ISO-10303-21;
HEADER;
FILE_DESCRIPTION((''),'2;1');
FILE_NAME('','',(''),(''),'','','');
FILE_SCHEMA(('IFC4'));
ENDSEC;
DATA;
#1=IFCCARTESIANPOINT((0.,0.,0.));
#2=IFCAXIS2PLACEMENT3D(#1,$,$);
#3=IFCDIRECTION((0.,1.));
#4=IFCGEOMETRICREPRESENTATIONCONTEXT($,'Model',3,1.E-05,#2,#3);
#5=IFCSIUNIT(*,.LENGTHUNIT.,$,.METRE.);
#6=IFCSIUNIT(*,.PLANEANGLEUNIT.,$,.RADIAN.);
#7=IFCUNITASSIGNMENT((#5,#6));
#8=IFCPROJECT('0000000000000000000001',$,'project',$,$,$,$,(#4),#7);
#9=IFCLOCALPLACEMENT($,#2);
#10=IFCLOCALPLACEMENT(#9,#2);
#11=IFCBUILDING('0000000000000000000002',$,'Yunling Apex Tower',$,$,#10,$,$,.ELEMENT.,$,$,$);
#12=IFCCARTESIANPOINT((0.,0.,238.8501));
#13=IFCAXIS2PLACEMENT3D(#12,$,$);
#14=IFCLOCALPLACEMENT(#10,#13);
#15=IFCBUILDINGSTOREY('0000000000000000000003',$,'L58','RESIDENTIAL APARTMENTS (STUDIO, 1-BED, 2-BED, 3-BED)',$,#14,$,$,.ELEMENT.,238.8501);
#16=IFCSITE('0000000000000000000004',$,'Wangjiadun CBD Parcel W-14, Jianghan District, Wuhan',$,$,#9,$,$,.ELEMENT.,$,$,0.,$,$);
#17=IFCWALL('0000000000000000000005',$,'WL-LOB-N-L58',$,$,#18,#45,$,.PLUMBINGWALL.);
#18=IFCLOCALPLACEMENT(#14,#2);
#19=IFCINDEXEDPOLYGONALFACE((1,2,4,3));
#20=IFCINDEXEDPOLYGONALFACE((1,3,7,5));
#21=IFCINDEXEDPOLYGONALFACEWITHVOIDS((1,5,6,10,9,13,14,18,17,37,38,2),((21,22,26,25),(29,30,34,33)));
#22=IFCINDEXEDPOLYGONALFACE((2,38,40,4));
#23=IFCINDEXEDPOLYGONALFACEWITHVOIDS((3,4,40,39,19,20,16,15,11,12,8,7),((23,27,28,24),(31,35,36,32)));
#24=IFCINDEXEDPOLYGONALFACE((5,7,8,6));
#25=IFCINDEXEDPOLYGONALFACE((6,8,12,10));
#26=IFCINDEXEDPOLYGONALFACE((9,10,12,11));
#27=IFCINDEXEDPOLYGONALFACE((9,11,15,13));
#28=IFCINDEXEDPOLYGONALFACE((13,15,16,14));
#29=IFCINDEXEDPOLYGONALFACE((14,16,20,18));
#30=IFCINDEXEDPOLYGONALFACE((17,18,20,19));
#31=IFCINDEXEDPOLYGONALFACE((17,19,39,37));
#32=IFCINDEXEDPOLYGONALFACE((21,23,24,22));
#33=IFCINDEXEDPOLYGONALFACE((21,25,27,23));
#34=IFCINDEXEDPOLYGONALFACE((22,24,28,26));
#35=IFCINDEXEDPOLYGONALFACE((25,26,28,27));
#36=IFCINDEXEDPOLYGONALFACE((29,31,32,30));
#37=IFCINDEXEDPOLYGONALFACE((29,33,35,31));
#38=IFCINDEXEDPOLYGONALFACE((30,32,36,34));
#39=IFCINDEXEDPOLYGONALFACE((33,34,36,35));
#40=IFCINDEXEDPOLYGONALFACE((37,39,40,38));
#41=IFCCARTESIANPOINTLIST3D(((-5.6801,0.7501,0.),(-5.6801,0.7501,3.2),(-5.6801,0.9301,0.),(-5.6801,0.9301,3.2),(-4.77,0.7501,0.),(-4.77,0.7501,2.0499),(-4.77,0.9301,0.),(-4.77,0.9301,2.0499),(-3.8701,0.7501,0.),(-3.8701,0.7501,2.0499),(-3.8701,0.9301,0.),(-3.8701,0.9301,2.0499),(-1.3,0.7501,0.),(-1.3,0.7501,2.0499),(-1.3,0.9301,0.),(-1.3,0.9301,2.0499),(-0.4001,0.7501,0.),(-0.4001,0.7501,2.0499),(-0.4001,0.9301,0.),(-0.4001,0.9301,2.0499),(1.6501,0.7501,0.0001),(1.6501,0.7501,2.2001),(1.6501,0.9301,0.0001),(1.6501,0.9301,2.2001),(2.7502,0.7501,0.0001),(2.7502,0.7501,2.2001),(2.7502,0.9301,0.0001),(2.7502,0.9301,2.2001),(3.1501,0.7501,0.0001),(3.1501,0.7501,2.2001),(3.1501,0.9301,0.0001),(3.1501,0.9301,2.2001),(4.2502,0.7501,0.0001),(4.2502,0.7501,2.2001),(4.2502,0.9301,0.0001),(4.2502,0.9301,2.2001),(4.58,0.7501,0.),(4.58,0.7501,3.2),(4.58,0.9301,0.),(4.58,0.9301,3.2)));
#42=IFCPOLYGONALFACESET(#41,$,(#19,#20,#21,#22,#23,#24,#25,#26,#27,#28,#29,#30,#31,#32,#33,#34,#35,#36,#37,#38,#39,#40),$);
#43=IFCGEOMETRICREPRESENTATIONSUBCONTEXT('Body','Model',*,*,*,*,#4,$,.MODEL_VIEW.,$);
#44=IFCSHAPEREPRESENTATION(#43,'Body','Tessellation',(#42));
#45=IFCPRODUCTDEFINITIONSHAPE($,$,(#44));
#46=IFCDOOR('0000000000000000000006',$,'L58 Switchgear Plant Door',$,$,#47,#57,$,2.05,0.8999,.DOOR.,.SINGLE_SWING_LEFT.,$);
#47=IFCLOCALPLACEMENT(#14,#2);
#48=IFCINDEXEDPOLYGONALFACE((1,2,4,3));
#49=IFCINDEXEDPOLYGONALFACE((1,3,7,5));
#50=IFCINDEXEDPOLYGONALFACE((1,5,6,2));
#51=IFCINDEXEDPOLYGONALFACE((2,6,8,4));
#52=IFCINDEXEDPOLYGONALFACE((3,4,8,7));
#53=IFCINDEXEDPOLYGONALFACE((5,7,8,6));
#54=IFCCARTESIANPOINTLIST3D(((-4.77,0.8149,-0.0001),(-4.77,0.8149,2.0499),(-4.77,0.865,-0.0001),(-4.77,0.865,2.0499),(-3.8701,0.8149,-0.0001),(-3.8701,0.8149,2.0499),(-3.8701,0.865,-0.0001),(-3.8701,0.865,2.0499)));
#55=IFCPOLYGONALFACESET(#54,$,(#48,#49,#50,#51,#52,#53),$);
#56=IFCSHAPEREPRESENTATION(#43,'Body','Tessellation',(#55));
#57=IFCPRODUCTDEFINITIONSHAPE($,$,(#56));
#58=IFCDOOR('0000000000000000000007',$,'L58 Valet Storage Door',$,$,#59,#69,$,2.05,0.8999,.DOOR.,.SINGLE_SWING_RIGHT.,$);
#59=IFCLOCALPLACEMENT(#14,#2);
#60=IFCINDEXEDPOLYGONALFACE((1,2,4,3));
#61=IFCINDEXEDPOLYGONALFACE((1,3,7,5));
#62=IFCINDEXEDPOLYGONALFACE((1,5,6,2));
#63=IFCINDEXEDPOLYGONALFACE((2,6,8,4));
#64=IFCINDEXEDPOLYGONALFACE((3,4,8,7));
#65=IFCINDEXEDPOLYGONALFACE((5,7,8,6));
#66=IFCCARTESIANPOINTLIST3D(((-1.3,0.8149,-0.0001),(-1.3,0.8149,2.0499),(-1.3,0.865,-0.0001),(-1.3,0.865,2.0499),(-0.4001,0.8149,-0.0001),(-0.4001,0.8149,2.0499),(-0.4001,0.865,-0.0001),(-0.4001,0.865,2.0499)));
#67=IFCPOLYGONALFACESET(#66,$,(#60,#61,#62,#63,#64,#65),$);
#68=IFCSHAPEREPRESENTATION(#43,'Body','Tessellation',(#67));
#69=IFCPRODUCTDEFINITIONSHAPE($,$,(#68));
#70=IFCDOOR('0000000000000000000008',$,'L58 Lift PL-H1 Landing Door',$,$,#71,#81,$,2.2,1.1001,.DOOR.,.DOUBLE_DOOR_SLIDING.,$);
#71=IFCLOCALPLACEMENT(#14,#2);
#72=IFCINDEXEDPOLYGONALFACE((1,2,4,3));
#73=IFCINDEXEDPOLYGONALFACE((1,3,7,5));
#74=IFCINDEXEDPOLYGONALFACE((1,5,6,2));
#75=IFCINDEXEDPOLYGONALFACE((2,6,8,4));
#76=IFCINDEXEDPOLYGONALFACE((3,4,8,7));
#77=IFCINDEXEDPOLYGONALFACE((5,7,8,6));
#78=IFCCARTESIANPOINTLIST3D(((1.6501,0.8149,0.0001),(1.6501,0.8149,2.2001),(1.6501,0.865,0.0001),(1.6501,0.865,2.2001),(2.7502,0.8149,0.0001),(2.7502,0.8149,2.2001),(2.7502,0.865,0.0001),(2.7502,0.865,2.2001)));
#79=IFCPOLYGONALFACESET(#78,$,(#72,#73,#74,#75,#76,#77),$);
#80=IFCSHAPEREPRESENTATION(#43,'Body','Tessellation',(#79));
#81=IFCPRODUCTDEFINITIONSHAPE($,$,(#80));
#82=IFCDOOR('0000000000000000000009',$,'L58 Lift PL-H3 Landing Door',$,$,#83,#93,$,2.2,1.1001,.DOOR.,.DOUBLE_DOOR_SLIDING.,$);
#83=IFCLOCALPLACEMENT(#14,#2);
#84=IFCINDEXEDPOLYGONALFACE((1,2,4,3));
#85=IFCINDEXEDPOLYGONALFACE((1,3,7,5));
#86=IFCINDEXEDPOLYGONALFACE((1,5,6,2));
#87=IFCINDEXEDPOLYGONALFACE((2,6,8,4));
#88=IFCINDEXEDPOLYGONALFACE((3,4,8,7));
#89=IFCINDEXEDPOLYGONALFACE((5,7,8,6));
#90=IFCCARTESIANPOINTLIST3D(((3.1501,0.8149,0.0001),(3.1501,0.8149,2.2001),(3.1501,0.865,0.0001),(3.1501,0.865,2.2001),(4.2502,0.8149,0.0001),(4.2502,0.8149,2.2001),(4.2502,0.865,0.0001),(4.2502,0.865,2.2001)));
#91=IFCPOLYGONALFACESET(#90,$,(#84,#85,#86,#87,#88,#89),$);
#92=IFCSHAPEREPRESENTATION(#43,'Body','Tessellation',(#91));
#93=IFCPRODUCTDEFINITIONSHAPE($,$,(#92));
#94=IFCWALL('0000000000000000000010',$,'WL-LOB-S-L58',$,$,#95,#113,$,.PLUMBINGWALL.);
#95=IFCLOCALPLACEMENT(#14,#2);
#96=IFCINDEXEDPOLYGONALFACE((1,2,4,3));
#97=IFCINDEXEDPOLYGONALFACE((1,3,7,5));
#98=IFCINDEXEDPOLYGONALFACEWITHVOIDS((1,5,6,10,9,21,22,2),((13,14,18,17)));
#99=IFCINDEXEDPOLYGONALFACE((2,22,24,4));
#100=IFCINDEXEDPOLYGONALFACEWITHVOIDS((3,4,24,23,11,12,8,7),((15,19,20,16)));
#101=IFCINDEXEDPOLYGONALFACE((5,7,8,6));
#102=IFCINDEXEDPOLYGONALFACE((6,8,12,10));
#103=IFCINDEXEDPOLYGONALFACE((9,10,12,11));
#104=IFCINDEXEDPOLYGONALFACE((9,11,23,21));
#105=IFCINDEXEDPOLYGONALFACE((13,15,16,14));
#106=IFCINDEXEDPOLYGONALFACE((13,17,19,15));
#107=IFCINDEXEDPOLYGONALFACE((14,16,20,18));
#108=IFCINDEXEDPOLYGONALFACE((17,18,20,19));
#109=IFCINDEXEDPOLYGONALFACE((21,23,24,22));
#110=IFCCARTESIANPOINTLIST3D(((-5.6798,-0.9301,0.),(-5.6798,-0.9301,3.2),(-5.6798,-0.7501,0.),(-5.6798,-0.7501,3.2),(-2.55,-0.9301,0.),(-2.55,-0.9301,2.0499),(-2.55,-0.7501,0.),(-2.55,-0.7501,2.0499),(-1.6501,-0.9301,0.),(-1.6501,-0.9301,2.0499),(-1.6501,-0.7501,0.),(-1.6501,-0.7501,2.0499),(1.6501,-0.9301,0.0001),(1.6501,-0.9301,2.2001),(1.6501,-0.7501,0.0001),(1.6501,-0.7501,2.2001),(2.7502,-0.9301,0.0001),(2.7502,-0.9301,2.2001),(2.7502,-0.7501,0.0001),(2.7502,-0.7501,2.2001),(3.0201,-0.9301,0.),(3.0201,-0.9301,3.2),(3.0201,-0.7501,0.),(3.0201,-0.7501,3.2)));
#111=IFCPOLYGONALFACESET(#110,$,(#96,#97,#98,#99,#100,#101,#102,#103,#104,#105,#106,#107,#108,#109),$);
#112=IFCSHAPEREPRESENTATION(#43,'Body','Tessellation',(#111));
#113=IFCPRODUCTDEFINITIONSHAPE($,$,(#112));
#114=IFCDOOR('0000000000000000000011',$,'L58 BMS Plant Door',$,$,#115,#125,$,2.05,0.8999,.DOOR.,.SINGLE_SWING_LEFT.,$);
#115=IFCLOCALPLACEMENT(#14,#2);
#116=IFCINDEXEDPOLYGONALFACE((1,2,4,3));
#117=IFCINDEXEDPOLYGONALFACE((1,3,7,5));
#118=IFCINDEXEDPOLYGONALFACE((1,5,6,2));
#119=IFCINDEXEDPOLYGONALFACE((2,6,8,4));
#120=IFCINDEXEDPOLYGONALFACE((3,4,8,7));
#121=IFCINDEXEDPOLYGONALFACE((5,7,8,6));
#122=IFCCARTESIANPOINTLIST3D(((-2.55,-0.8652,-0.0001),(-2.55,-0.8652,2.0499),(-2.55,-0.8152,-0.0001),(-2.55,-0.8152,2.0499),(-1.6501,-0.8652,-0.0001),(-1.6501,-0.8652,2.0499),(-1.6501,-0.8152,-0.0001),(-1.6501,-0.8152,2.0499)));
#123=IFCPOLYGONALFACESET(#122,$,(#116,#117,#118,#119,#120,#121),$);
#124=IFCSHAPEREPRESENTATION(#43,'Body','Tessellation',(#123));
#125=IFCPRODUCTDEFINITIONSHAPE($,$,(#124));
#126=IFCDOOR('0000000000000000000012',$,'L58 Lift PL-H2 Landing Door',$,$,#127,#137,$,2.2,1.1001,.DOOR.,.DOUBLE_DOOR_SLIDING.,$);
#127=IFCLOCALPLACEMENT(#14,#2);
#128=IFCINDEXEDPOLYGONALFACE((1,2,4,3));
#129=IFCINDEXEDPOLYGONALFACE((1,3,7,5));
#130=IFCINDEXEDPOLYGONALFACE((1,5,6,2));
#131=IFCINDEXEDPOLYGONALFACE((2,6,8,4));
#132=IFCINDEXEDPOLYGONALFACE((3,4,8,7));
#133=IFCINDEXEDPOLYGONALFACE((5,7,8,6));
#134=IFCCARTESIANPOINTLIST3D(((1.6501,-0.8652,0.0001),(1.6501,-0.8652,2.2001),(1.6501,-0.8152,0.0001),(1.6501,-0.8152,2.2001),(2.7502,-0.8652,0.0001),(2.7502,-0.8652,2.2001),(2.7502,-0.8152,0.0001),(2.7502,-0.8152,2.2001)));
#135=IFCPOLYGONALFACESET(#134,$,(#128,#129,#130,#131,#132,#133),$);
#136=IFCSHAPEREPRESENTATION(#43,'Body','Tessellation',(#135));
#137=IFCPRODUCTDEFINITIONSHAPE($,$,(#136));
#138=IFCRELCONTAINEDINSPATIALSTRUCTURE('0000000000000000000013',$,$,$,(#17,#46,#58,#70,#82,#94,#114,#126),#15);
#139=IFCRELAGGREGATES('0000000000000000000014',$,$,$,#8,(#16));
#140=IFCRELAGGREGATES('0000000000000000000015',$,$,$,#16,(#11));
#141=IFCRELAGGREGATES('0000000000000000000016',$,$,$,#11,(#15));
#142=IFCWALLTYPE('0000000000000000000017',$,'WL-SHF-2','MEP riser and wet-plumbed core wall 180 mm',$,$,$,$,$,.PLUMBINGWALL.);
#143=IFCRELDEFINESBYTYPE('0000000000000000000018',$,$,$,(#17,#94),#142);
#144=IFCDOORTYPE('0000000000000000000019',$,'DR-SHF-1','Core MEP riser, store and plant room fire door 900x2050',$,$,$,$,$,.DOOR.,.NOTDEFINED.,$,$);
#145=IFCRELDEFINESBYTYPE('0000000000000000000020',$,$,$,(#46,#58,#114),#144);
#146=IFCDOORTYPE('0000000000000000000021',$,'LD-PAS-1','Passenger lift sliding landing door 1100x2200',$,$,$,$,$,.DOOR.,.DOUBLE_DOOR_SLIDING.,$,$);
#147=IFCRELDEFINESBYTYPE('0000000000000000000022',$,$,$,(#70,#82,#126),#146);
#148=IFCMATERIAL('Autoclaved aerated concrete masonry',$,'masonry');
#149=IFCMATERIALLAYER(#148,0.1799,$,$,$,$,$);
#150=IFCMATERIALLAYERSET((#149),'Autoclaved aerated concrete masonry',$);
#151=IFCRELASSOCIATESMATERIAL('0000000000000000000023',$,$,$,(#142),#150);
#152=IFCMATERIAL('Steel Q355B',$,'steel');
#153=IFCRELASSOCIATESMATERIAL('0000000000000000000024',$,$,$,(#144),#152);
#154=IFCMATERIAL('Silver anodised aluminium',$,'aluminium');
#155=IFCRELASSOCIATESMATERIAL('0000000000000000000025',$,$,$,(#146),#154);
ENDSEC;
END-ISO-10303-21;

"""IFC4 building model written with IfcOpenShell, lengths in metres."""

from ifc_helpers import new_model, si_unit, direction, frame, frame_2d, origin, place, context, subcontext, project, spatial, rectangle, extrude, material, layer, layer_set, type_object, element, fill, save


model = new_model("IFC4")

# Units and contexts
model_context = context("Model", 3, precision=1e-05, world=origin(), true_north=direction((0.0, 1.0)))
body_context = subcontext(model_context, "Body", "Model", "MODEL_VIEW")
ifc_project = project(units=[si_unit("LENGTHUNIT", "METRE"), si_unit("PLANEANGLEUNIT", "RADIAN")], contexts=[model_context])

# Site, building, storey
site_placement = place(None, origin())
site = spatial("IfcSite", under=ifc_project, at=site_placement, Name="Wangjiadun CBD Parcel W-14, Jianghan District, Wuhan", CompositionType="ELEMENT", RefElevation=0.0)
building_placement = place(site_placement, origin())
building = spatial("IfcBuilding", under=site, at=building_placement, Name="Yunling Apex Tower", CompositionType="ELEMENT")
storey_placement = place(building_placement, frame((0.0, 0.0, 238.8501)))
storey = spatial("IfcBuildingStorey", under=building, at=storey_placement, Name="L58", Description="RESIDENTIAL APARTMENTS (STUDIO, 1-BED, 2-BED, 3-BED)", CompositionType="ELEMENT", Elevation=238.8501)

# Shared definitions
ifc_material_1 = material(Name="Steel Q355B", Category="steel")

# Shared definitions
ifc_material_2 = material(Name="Autoclaved aerated concrete masonry", Category="masonry")

# Walls, openings, doors
ifc_layer_1 = layer(ifc_material_2, 0.1799)
ifc_layer_set_1 = layer_set([ifc_layer_1], Name="Autoclaved aerated concrete masonry")
wall_type_1 = type_object("IfcWallType", Name="WL-SHF-2", Description="MEP riser and wet-plumbed core wall 180 mm", PredefinedType="PLUMBINGWALL", material=ifc_layer_set_1)
wall_1_placement = place(storey_placement, frame((-5.6799, 0.8401, 0.0), z_axis=(0.0, 0.0, 1.0), x_axis=(1.0, 0.0, 0.0)))
wall_1 = element("IfcWall", 1, at=wall_1_placement, inside=storey, type_object=wall_type_1, Name="WL-LOB-N-L58", PredefinedType="PLUMBINGWALL", context=body_context, shape_type="SweptSolid", body=[
    extrude(rectangle(XDim=10.26, YDim=0.1799, at=frame_2d((5.1299, 0.0))), origin(), (0.0, 0.0, 1.0), 3.2),
])
opening_1_placement = place(wall_1_placement, frame((0.9099, 0.0, 0.0)))
opening_1 = element("IfcOpeningElement", 2, at=opening_1_placement, cuts=wall_1, PredefinedType="OPENING", context=body_context, shape_type="SweptSolid", body=[
    extrude(rectangle(XDim=0.8999, YDim=2.05, at=frame_2d((0.45, 1.0249))), frame((0.0, 0.1001, 0.0), z_axis=(0.0, -1.0, 0.0), x_axis=(1.0, 0.0, 0.0)), (0.0, 0.0, 1.0), 0.2),
])
opening_2_placement = place(wall_1_placement, frame((4.3799, 0.0, 0.0)))
opening_2 = element("IfcOpeningElement", 3, at=opening_2_placement, cuts=wall_1, PredefinedType="OPENING", context=body_context, shape_type="SweptSolid", body=[
    extrude(rectangle(XDim=0.8999, YDim=2.05, at=frame_2d((0.45, 1.0249))), frame((0.0, 0.1001, 0.0), z_axis=(0.0, -1.0, 0.0), x_axis=(1.0, 0.0, 0.0)), (0.0, 0.0, 1.0), 0.2),
])
opening_3_placement = place(wall_1_placement, frame((7.3301, 0.0, 0.0)))
opening_3 = element("IfcOpeningElement", 4, at=opening_3_placement, cuts=wall_1, PredefinedType="OPENING", context=body_context, shape_type="SweptSolid", body=[
    extrude(rectangle(XDim=1.1001, YDim=2.2, at=frame_2d((0.55, 1.1001))), frame((0.0, 0.1001, 0.0), z_axis=(0.0, -1.0, 0.0), x_axis=(1.0, 0.0, 0.0)), (0.0, 0.0, 1.0), 0.2),
])
opening_4_placement = place(wall_1_placement, frame((8.8301, 0.0, 0.0)))
opening_4 = element("IfcOpeningElement", 5, at=opening_4_placement, cuts=wall_1, PredefinedType="OPENING", context=body_context, shape_type="SweptSolid", body=[
    extrude(rectangle(XDim=1.1001, YDim=2.2, at=frame_2d((0.55, 1.1001))), frame((0.0, 0.1001, 0.0), z_axis=(0.0, -1.0, 0.0), x_axis=(1.0, 0.0, 0.0)), (0.0, 0.0, 1.0), 0.2),
])
door_type_1 = type_object("IfcDoorType", Name="DR-SHF-1", Description="Core MEP riser, store and plant room fire door 900x2050", OperationType="NOTDEFINED", PredefinedType="DOOR", material=ifc_material_1)
door_1_placement = place(opening_1_placement, origin())
door_1 = element("IfcDoor", 6, at=door_1_placement, inside=storey, type_object=door_type_1, Name="L58 Switchgear Plant Door", OperationType="SINGLE_SWING_LEFT", OverallHeight=2.05, OverallWidth=0.8999, PredefinedType="DOOR", context=body_context, shape_type="SweptSolid", body=[
    extrude(rectangle(XDim=0.8999, YDim=2.05, at=frame_2d((0.45, 1.0249))), frame((0.0, 0.0249, 0.0), z_axis=(0.0, -1.0, 0.0), x_axis=(1.0, 0.0, 0.0)), (0.0, 0.0, 1.0), 0.05),
])
fill(opening_1, door_1)
door_2_placement = place(opening_2_placement, origin())
door_2 = element("IfcDoor", 7, at=door_2_placement, inside=storey, type_object=door_type_1, Name="L58 Valet Storage Door", OperationType="SINGLE_SWING_RIGHT", OverallHeight=2.05, OverallWidth=0.8999, PredefinedType="DOOR", context=body_context, shape_type="SweptSolid", body=[
    extrude(rectangle(XDim=0.8999, YDim=2.05, at=frame_2d((0.45, 1.0249))), frame((0.0, 0.0249, 0.0), z_axis=(0.0, -1.0, 0.0), x_axis=(1.0, 0.0, 0.0)), (0.0, 0.0, 1.0), 0.05),
])
fill(opening_2, door_2)
ifc_material_3 = material(Name="Silver anodised aluminium", Category="aluminium")
door_type_2 = type_object("IfcDoorType", Name="LD-PAS-1", Description="Passenger lift sliding landing door 1100x2200", OperationType="DOUBLE_DOOR_SLIDING", PredefinedType="DOOR", material=ifc_material_3)
door_3_placement = place(opening_3_placement, origin())
door_3 = element("IfcDoor", 8, at=door_3_placement, inside=storey, type_object=door_type_2, Name="L58 Lift PL-H1 Landing Door", OperationType="DOUBLE_DOOR_SLIDING", OverallHeight=2.2, OverallWidth=1.1001, PredefinedType="DOOR", context=body_context, shape_type="SweptSolid", body=[
    extrude(rectangle(XDim=1.1001, YDim=2.2, at=frame_2d((0.55, 1.1001))), frame((0.0, 0.0249, 0.0), z_axis=(0.0, -1.0, 0.0), x_axis=(1.0, 0.0, 0.0)), (0.0, 0.0, 1.0), 0.05),
])
fill(opening_3, door_3)
door_4_placement = place(opening_4_placement, origin())
door_4 = element("IfcDoor", 9, at=door_4_placement, inside=storey, type_object=door_type_2, Name="L58 Lift PL-H3 Landing Door", OperationType="DOUBLE_DOOR_SLIDING", OverallHeight=2.2, OverallWidth=1.1001, PredefinedType="DOOR", context=body_context, shape_type="SweptSolid", body=[
    extrude(rectangle(XDim=1.1001, YDim=2.2, at=frame_2d((0.55, 1.1001))), frame((0.0, 0.0249, 0.0), z_axis=(0.0, -1.0, 0.0), x_axis=(1.0, 0.0, 0.0)), (0.0, 0.0, 1.0), 0.05),
])
fill(opening_4, door_4)
wall_2_placement = place(storey_placement, frame((-5.6799, -0.8401, 0.0), z_axis=(0.0, 0.0, 1.0), x_axis=(1.0, 0.0, 0.0)))
wall_2 = element("IfcWall", 10, at=wall_2_placement, inside=storey, type_object=wall_type_1, Name="WL-LOB-S-L58", PredefinedType="PLUMBINGWALL", context=body_context, shape_type="SweptSolid", body=[
    extrude(rectangle(XDim=8.7, YDim=0.1799, at=frame_2d((4.3501, 0.0))), origin(), (0.0, 0.0, 1.0), 3.2),
])
opening_5_placement = place(wall_2_placement, frame((3.1299, 0.0, 0.0)))
opening_5 = element("IfcOpeningElement", 11, at=opening_5_placement, cuts=wall_2, PredefinedType="OPENING", context=body_context, shape_type="SweptSolid", body=[
    extrude(rectangle(XDim=0.8999, YDim=2.05, at=frame_2d((0.45, 1.0249))), frame((0.0, 0.1001, 0.0), z_axis=(0.0, -1.0, 0.0), x_axis=(1.0, 0.0, 0.0)), (0.0, 0.0, 1.0), 0.2),
])
opening_6_placement = place(wall_2_placement, frame((7.3301, 0.0, 0.0)))
opening_6 = element("IfcOpeningElement", 12, at=opening_6_placement, cuts=wall_2, PredefinedType="OPENING", context=body_context, shape_type="SweptSolid", body=[
    extrude(rectangle(XDim=1.1001, YDim=2.2, at=frame_2d((0.55, 1.1001))), frame((0.0, 0.1001, 0.0), z_axis=(0.0, -1.0, 0.0), x_axis=(1.0, 0.0, 0.0)), (0.0, 0.0, 1.0), 0.2),
])
door_5_placement = place(opening_5_placement, origin())
door_5 = element("IfcDoor", 13, at=door_5_placement, inside=storey, type_object=door_type_1, Name="L58 BMS Plant Door", OperationType="SINGLE_SWING_LEFT", OverallHeight=2.05, OverallWidth=0.8999, PredefinedType="DOOR", context=body_context, shape_type="SweptSolid", body=[
    extrude(rectangle(XDim=0.8999, YDim=2.05, at=frame_2d((0.45, 1.0249))), frame((0.0, 0.0249, 0.0), z_axis=(0.0, -1.0, 0.0), x_axis=(1.0, 0.0, 0.0)), (0.0, 0.0, 1.0), 0.05),
])
fill(opening_5, door_5)
door_6_placement = place(opening_6_placement, origin())
door_6 = element("IfcDoor", 14, at=door_6_placement, inside=storey, type_object=door_type_2, Name="L58 Lift PL-H2 Landing Door", OperationType="DOUBLE_DOOR_SLIDING", OverallHeight=2.2, OverallWidth=1.1001, PredefinedType="DOOR", context=body_context, shape_type="SweptSolid", body=[
    extrude(rectangle(XDim=1.1001, YDim=2.2, at=frame_2d((0.55, 1.1001))), frame((0.0, 0.0249, 0.0), z_axis=(0.0, -1.0, 0.0), x_axis=(1.0, 0.0, 0.0)), (0.0, 0.0, 1.0), 0.05),
])
fill(opening_6, door_6)

save(model, "model.ifc")
